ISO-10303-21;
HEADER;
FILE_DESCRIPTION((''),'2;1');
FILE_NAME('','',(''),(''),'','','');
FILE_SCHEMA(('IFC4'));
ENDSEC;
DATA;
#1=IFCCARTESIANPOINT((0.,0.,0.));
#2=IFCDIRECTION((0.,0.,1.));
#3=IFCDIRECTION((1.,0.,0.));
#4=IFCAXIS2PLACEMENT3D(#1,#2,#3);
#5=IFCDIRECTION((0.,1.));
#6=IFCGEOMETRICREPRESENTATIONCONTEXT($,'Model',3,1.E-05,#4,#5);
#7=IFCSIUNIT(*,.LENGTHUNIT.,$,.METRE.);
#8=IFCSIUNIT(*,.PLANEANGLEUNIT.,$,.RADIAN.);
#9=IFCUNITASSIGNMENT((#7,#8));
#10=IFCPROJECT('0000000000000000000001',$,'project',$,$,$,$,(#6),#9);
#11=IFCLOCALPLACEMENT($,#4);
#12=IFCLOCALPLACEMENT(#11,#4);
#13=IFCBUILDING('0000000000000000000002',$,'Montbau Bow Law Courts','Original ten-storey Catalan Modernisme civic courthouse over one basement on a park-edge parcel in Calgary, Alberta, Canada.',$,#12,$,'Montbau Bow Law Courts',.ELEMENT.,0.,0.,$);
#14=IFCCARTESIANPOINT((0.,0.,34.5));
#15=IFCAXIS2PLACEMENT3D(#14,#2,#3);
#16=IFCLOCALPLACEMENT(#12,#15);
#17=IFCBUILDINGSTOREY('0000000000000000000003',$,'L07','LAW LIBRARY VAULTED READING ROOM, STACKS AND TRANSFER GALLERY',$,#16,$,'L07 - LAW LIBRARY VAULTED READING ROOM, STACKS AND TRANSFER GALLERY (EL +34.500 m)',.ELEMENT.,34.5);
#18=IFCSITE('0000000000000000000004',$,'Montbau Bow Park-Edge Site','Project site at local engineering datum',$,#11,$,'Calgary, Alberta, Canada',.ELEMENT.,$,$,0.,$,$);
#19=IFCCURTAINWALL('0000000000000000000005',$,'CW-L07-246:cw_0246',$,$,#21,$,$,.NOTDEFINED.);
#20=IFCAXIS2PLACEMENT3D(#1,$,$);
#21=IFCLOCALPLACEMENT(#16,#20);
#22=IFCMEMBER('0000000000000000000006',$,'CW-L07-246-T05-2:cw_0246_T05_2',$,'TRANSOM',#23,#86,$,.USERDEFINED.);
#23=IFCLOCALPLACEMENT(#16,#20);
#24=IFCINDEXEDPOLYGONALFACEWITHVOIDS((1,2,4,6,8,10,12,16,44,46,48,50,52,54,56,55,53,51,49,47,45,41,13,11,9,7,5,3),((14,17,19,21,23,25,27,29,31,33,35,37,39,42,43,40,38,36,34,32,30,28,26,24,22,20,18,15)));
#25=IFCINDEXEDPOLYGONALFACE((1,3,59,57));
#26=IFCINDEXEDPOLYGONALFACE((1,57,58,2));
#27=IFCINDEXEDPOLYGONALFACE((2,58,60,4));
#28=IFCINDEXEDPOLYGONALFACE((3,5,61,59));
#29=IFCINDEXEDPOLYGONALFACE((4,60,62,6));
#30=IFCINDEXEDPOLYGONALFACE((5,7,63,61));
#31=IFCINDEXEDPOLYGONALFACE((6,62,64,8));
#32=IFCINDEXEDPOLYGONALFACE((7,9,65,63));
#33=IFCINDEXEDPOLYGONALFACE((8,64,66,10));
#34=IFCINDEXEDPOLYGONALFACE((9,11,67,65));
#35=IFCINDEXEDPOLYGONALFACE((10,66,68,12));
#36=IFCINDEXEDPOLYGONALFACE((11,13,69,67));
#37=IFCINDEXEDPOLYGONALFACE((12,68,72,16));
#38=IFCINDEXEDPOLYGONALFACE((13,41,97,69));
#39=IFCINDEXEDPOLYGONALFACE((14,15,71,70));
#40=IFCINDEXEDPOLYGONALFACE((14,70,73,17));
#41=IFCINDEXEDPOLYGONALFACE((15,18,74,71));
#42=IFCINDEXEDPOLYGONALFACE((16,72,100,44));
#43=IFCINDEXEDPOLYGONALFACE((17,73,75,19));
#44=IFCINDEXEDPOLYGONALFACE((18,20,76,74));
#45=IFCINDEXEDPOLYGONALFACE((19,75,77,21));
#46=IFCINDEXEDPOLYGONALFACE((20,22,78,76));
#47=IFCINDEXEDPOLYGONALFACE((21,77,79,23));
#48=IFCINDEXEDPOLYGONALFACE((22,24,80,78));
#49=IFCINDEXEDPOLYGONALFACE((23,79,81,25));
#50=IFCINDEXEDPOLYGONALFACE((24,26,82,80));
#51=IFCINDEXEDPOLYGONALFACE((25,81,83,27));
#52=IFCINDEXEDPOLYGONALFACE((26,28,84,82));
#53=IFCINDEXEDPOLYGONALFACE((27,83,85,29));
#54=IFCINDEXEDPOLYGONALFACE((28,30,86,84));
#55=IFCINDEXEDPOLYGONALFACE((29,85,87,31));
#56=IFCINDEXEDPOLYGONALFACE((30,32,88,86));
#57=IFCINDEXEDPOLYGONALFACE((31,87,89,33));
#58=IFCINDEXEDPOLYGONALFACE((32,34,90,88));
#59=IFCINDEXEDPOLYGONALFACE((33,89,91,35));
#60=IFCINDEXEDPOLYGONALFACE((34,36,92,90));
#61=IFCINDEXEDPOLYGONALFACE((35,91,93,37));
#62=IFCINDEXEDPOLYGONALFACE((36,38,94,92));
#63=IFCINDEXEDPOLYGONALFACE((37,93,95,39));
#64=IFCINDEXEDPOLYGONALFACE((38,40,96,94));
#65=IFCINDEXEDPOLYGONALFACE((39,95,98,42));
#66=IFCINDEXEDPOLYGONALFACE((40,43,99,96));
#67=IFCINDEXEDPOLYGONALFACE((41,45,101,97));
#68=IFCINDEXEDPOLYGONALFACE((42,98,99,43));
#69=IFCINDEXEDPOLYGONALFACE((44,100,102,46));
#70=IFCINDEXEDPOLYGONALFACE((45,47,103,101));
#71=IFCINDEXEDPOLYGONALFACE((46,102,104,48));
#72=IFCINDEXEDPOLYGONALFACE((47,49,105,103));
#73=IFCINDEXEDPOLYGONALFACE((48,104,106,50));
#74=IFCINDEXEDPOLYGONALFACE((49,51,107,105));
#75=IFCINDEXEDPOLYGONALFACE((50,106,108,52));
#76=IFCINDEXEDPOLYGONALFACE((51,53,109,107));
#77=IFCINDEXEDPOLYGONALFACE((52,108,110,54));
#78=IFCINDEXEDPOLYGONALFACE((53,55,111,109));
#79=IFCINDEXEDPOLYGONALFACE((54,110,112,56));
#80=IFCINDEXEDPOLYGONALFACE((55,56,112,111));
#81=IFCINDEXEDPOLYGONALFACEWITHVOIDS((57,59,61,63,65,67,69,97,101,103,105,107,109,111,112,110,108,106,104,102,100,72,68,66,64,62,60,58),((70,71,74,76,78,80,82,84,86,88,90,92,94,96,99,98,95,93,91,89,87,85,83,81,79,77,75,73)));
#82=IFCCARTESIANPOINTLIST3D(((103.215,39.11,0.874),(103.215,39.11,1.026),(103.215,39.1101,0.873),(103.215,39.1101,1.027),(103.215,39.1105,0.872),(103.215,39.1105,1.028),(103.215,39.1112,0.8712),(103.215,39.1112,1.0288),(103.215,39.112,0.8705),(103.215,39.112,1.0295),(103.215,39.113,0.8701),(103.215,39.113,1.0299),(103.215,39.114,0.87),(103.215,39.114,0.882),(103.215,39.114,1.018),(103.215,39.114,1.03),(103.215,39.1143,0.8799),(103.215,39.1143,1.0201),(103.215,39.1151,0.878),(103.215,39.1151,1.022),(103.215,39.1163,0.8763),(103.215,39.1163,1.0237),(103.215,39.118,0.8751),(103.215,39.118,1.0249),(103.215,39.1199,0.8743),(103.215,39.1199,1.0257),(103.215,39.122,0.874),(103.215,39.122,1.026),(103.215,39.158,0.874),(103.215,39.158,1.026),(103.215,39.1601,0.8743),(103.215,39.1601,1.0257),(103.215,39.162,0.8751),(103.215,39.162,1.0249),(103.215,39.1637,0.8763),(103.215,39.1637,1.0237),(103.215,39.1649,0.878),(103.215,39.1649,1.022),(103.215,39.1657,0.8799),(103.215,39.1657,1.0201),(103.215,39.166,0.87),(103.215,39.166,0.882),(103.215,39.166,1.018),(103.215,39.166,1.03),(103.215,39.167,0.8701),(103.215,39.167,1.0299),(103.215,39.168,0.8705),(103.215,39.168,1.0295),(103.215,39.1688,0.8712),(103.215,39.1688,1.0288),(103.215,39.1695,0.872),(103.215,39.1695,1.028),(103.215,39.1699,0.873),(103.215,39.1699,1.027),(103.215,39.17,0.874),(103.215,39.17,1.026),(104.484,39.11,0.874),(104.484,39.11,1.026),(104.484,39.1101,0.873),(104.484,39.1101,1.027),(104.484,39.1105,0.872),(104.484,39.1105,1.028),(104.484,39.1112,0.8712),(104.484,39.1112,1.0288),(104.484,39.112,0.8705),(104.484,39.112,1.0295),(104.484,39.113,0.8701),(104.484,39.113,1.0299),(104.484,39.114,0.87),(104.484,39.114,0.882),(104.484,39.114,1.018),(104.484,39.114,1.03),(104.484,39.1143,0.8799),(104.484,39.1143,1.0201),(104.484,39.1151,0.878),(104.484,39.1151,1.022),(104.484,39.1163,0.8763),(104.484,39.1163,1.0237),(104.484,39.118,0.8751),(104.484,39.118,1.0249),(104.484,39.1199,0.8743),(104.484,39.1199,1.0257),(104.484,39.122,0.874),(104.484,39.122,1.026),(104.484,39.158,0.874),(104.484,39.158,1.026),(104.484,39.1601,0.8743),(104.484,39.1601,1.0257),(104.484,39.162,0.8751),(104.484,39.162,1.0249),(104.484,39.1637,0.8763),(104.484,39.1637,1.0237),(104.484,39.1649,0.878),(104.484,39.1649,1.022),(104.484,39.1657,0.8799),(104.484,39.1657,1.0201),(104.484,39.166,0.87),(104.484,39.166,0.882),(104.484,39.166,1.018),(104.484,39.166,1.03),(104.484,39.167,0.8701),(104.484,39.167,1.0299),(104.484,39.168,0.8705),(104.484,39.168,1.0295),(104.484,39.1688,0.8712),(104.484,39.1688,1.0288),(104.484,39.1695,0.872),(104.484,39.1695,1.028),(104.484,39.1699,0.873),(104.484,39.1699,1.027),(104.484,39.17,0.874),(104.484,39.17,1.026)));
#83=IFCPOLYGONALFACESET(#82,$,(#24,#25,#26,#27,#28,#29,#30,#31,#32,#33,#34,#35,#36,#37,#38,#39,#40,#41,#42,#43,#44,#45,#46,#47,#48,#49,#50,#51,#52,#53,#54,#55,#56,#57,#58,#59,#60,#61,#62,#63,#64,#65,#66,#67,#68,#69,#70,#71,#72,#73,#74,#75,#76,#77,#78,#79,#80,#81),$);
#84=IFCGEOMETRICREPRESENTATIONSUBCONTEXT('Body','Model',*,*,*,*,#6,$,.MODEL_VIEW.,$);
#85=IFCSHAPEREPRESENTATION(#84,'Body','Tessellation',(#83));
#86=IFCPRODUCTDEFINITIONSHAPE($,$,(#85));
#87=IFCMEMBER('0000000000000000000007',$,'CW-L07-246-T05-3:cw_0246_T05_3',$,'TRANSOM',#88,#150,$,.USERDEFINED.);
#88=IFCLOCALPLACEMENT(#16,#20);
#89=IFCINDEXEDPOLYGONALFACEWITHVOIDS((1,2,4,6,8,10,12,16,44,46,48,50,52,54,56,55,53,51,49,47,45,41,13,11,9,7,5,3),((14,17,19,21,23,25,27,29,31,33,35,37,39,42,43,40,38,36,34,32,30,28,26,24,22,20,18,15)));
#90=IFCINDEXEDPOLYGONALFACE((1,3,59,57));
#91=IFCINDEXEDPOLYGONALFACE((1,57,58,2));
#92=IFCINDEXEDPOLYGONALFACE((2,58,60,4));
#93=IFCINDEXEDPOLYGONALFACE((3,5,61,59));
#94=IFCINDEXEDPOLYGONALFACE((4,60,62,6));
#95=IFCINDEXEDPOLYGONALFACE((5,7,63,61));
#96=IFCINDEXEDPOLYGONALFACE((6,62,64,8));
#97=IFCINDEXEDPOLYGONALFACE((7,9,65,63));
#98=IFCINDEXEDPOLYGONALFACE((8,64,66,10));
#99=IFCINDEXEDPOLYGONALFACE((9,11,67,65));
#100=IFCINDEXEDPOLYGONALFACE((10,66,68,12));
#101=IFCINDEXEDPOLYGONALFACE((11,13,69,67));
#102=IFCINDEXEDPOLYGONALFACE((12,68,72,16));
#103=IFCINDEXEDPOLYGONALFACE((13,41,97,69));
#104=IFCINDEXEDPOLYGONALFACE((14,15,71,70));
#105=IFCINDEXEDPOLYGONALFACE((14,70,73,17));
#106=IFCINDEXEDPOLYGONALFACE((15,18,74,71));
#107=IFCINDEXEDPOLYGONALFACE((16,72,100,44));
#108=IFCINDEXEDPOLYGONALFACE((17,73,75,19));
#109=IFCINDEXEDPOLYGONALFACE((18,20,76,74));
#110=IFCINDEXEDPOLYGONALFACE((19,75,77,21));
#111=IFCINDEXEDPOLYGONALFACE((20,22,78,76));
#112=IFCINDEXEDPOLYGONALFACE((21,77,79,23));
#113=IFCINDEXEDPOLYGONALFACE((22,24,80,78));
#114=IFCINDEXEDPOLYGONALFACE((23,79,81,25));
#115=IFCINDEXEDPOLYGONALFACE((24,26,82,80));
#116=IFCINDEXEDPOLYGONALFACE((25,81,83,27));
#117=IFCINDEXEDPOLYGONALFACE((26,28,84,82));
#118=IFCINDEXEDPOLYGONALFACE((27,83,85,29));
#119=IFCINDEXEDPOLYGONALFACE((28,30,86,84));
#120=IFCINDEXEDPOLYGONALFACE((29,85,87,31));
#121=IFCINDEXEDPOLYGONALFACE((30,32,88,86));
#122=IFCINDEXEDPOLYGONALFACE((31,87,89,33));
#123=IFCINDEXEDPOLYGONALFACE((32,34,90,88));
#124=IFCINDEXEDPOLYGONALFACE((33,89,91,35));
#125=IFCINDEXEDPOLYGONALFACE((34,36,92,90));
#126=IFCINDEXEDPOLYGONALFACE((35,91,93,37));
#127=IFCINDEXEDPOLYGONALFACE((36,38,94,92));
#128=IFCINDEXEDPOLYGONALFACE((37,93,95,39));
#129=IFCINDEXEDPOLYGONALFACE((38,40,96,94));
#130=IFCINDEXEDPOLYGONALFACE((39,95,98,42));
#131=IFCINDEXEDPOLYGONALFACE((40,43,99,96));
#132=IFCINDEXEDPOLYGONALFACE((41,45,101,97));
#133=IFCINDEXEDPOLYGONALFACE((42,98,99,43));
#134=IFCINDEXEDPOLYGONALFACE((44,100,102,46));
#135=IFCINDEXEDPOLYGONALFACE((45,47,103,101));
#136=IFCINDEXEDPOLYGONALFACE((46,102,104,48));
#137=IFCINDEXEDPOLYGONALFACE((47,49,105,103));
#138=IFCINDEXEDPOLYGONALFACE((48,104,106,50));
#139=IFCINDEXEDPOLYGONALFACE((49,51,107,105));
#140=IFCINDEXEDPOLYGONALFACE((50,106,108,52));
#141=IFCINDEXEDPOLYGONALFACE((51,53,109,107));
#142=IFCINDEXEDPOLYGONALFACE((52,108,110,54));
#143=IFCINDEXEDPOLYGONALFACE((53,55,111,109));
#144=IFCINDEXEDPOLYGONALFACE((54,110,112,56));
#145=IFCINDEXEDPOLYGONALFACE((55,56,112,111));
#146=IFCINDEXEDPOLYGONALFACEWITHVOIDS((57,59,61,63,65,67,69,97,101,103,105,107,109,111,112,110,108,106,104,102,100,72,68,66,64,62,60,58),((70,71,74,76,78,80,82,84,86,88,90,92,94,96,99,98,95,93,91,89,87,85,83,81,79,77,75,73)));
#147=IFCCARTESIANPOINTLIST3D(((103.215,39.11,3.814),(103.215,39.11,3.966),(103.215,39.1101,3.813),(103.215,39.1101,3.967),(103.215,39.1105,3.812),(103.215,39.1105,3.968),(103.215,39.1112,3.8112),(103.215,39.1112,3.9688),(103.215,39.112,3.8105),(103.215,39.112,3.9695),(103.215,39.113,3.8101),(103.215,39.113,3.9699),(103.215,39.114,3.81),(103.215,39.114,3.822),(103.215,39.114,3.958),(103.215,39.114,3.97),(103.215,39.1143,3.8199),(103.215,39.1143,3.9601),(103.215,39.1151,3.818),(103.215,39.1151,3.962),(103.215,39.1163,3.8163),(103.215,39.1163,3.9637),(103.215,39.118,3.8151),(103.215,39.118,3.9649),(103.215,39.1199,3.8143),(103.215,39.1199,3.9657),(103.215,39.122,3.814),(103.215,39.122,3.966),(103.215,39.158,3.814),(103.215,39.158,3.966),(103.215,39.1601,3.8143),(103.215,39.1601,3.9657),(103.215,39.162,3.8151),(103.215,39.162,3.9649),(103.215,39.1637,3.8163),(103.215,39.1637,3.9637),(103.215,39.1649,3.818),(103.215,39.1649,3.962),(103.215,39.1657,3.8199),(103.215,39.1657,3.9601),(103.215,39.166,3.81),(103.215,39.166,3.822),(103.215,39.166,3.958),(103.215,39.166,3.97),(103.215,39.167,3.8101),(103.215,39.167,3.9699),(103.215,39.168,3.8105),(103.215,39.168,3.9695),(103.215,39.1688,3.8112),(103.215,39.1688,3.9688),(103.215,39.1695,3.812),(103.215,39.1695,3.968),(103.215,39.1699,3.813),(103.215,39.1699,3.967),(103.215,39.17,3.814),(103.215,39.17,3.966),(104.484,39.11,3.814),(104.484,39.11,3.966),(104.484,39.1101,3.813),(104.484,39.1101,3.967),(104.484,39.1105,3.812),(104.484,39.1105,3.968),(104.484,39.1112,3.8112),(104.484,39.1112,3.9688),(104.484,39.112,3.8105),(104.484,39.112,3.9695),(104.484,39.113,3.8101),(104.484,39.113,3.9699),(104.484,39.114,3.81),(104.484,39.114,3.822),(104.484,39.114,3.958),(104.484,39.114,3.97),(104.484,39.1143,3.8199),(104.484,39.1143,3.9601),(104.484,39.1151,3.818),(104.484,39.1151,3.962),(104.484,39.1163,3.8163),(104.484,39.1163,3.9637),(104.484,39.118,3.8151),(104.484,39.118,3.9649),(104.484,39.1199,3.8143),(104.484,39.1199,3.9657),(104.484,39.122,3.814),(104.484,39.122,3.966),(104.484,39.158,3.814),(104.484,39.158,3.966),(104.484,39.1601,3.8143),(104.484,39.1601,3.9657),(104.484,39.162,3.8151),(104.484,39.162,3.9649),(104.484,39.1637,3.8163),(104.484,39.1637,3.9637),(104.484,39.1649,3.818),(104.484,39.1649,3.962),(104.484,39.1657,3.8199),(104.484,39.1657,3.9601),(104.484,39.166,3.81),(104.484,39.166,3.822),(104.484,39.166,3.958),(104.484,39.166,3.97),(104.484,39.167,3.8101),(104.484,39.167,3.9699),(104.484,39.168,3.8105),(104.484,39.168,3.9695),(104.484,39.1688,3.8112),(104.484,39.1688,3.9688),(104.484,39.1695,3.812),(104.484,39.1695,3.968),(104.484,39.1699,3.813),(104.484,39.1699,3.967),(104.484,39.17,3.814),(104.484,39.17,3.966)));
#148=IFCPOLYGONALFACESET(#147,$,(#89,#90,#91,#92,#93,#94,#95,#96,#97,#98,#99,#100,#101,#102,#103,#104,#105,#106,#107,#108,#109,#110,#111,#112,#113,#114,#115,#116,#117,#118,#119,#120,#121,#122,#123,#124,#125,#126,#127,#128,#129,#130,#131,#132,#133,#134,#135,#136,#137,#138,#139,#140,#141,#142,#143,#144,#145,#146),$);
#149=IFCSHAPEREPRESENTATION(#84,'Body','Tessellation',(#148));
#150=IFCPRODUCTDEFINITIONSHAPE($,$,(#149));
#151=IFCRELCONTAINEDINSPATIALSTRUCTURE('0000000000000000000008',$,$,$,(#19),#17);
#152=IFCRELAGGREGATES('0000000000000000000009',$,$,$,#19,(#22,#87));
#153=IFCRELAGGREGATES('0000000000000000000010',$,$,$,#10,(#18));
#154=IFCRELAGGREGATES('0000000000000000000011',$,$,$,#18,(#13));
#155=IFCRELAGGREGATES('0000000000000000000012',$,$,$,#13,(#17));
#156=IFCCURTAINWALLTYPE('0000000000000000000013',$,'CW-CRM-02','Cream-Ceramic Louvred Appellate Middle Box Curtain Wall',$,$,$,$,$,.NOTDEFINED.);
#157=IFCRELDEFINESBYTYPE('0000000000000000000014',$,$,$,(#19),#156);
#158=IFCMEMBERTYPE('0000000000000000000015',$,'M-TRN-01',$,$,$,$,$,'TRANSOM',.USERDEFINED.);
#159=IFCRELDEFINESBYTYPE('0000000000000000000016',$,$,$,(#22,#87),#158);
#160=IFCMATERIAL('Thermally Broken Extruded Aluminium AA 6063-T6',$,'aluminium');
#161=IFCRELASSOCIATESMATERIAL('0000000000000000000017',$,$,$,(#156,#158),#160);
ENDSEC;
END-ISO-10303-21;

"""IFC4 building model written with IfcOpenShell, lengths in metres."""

from ifc_helpers import new_model, si_unit, direction, frame, origin_with_axes, origin_2d_with_axis, place, context, subcontext, project, spatial, hollow_rectangle, extrude, material, material_profile, profile_set, type_object, element, aggregate, save


model = new_model("IFC4")

# Units and contexts
model_context = context("Model", 3, precision=1e-05, world=origin_with_axes(), true_north=direction((0.0, 1.0)))
body_context = subcontext(model_context, "Body", "Model", "MODEL_VIEW")
ifc_project = project(units=[si_unit("LENGTHUNIT", "METRE"), si_unit("PLANEANGLEUNIT", "RADIAN")], contexts=[model_context])

# Site, building, storey
site_placement = place(None, origin_with_axes())
site = spatial("IfcSite", under=ifc_project, at=site_placement, Name="Montbau Bow Park-Edge Site", Description="Project site at local engineering datum", LongName="Calgary, Alberta, Canada", CompositionType="ELEMENT", RefElevation=0.0)
building_placement = place(site_placement, origin_with_axes())
building = spatial("IfcBuilding", under=site, at=building_placement, Name="Montbau Bow Law Courts", Description="Original ten-storey Catalan Modernisme civic courthouse over one basement on a park-edge parcel in Calgary, Alberta, Canada.", LongName="Montbau Bow Law Courts", CompositionType="ELEMENT", ElevationOfRefHeight=0.0, ElevationOfTerrain=0.0)
storey_placement = place(building_placement, frame((0.0, 0.0, 34.5), z_axis=(0.0, 0.0, 1.0), x_axis=(1.0, 0.0, 0.0)))
storey = spatial("IfcBuildingStorey", under=building, at=storey_placement, Name="L07", Description="LAW LIBRARY VAULTED READING ROOM, STACKS AND TRANSFER GALLERY", LongName="L07 - LAW LIBRARY VAULTED READING ROOM, STACKS AND TRANSFER GALLERY (EL +34.500 m)", CompositionType="ELEMENT", Elevation=34.5)

# Curtain wall
ifc_material_1 = material(Name="Thermally Broken Extruded Aluminium AA 6063-T6", Category="aluminium")
curtain_wall_type = type_object("IfcCurtainWallType", Name="CW-CRM-02", Description="Cream-Ceramic Louvred Appellate Middle Box Curtain Wall", PredefinedType="NOTDEFINED", material=ifc_material_1)
curtain_wall_1_placement = place(None, frame((97.64, 39.14, 34.5), z_axis=(0.0, 0.0, 1.0), x_axis=(1.0, 0.0, 0.0)))
curtain_wall_1 = element("IfcCurtainWall", 1, at=curtain_wall_1_placement, inside=storey, type_object=curtain_wall_type, Name="CW-L07-246:cw_0246", PredefinedType="NOTDEFINED")

# Members
ifc_material_profile_1 = material_profile(ifc_material_1, hollow_rectangle(XDim=0.06, YDim=0.16, WallThickness=0.004, InnerFilletRadius=0.008, OuterFilletRadius=0.004, at=origin_2d_with_axis()), Name="CWT-160X60", Category="Main", Priority=0)
ifc_profile_set_1 = profile_set([ifc_material_profile_1], Name="Thermally Broken Extruded Aluminium AA 6063-T6")
member_type_1 = type_object("IfcMemberType", Name="M-TRN-01", ElementType="TRANSOM", PredefinedType="USERDEFINED", material=ifc_profile_set_1)
member_1_placement = place(None, frame((103.215, 39.14, 35.45), z_axis=(1.0, 0.0, 0.0), x_axis=(0.0, 1.0, 0.0)))
member_1 = element("IfcMember", 2, at=member_1_placement, type_object=member_type_1, Name="CW-L07-246-T05-2:cw_0246_T05_2", ObjectType="TRANSOM", PredefinedType="USERDEFINED", context=body_context, shape_type="SweptSolid", body=[
    extrude(hollow_rectangle(XDim=0.06, YDim=0.16, WallThickness=0.004, InnerFilletRadius=0.008, OuterFilletRadius=0.004, at=origin_2d_with_axis()), origin_with_axes(), (0.0, 0.0, 1.0), 1.269),
])
member_2_placement = place(None, frame((103.215, 39.14, 38.39), z_axis=(1.0, 0.0, 0.0), x_axis=(0.0, 1.0, 0.0)))
member_2 = element("IfcMember", 3, at=member_2_placement, type_object=member_type_1, Name="CW-L07-246-T05-3:cw_0246_T05_3", ObjectType="TRANSOM", PredefinedType="USERDEFINED", context=body_context, shape_type="SweptSolid", body=[
    extrude(hollow_rectangle(XDim=0.06, YDim=0.16, WallThickness=0.004, InnerFilletRadius=0.008, OuterFilletRadius=0.004, at=origin_2d_with_axis()), origin_with_axes(), (0.0, 0.0, 1.0), 1.269),
])

aggregate(curtain_wall_1, [member_1, member_2])

save(model, "model.ifc")
